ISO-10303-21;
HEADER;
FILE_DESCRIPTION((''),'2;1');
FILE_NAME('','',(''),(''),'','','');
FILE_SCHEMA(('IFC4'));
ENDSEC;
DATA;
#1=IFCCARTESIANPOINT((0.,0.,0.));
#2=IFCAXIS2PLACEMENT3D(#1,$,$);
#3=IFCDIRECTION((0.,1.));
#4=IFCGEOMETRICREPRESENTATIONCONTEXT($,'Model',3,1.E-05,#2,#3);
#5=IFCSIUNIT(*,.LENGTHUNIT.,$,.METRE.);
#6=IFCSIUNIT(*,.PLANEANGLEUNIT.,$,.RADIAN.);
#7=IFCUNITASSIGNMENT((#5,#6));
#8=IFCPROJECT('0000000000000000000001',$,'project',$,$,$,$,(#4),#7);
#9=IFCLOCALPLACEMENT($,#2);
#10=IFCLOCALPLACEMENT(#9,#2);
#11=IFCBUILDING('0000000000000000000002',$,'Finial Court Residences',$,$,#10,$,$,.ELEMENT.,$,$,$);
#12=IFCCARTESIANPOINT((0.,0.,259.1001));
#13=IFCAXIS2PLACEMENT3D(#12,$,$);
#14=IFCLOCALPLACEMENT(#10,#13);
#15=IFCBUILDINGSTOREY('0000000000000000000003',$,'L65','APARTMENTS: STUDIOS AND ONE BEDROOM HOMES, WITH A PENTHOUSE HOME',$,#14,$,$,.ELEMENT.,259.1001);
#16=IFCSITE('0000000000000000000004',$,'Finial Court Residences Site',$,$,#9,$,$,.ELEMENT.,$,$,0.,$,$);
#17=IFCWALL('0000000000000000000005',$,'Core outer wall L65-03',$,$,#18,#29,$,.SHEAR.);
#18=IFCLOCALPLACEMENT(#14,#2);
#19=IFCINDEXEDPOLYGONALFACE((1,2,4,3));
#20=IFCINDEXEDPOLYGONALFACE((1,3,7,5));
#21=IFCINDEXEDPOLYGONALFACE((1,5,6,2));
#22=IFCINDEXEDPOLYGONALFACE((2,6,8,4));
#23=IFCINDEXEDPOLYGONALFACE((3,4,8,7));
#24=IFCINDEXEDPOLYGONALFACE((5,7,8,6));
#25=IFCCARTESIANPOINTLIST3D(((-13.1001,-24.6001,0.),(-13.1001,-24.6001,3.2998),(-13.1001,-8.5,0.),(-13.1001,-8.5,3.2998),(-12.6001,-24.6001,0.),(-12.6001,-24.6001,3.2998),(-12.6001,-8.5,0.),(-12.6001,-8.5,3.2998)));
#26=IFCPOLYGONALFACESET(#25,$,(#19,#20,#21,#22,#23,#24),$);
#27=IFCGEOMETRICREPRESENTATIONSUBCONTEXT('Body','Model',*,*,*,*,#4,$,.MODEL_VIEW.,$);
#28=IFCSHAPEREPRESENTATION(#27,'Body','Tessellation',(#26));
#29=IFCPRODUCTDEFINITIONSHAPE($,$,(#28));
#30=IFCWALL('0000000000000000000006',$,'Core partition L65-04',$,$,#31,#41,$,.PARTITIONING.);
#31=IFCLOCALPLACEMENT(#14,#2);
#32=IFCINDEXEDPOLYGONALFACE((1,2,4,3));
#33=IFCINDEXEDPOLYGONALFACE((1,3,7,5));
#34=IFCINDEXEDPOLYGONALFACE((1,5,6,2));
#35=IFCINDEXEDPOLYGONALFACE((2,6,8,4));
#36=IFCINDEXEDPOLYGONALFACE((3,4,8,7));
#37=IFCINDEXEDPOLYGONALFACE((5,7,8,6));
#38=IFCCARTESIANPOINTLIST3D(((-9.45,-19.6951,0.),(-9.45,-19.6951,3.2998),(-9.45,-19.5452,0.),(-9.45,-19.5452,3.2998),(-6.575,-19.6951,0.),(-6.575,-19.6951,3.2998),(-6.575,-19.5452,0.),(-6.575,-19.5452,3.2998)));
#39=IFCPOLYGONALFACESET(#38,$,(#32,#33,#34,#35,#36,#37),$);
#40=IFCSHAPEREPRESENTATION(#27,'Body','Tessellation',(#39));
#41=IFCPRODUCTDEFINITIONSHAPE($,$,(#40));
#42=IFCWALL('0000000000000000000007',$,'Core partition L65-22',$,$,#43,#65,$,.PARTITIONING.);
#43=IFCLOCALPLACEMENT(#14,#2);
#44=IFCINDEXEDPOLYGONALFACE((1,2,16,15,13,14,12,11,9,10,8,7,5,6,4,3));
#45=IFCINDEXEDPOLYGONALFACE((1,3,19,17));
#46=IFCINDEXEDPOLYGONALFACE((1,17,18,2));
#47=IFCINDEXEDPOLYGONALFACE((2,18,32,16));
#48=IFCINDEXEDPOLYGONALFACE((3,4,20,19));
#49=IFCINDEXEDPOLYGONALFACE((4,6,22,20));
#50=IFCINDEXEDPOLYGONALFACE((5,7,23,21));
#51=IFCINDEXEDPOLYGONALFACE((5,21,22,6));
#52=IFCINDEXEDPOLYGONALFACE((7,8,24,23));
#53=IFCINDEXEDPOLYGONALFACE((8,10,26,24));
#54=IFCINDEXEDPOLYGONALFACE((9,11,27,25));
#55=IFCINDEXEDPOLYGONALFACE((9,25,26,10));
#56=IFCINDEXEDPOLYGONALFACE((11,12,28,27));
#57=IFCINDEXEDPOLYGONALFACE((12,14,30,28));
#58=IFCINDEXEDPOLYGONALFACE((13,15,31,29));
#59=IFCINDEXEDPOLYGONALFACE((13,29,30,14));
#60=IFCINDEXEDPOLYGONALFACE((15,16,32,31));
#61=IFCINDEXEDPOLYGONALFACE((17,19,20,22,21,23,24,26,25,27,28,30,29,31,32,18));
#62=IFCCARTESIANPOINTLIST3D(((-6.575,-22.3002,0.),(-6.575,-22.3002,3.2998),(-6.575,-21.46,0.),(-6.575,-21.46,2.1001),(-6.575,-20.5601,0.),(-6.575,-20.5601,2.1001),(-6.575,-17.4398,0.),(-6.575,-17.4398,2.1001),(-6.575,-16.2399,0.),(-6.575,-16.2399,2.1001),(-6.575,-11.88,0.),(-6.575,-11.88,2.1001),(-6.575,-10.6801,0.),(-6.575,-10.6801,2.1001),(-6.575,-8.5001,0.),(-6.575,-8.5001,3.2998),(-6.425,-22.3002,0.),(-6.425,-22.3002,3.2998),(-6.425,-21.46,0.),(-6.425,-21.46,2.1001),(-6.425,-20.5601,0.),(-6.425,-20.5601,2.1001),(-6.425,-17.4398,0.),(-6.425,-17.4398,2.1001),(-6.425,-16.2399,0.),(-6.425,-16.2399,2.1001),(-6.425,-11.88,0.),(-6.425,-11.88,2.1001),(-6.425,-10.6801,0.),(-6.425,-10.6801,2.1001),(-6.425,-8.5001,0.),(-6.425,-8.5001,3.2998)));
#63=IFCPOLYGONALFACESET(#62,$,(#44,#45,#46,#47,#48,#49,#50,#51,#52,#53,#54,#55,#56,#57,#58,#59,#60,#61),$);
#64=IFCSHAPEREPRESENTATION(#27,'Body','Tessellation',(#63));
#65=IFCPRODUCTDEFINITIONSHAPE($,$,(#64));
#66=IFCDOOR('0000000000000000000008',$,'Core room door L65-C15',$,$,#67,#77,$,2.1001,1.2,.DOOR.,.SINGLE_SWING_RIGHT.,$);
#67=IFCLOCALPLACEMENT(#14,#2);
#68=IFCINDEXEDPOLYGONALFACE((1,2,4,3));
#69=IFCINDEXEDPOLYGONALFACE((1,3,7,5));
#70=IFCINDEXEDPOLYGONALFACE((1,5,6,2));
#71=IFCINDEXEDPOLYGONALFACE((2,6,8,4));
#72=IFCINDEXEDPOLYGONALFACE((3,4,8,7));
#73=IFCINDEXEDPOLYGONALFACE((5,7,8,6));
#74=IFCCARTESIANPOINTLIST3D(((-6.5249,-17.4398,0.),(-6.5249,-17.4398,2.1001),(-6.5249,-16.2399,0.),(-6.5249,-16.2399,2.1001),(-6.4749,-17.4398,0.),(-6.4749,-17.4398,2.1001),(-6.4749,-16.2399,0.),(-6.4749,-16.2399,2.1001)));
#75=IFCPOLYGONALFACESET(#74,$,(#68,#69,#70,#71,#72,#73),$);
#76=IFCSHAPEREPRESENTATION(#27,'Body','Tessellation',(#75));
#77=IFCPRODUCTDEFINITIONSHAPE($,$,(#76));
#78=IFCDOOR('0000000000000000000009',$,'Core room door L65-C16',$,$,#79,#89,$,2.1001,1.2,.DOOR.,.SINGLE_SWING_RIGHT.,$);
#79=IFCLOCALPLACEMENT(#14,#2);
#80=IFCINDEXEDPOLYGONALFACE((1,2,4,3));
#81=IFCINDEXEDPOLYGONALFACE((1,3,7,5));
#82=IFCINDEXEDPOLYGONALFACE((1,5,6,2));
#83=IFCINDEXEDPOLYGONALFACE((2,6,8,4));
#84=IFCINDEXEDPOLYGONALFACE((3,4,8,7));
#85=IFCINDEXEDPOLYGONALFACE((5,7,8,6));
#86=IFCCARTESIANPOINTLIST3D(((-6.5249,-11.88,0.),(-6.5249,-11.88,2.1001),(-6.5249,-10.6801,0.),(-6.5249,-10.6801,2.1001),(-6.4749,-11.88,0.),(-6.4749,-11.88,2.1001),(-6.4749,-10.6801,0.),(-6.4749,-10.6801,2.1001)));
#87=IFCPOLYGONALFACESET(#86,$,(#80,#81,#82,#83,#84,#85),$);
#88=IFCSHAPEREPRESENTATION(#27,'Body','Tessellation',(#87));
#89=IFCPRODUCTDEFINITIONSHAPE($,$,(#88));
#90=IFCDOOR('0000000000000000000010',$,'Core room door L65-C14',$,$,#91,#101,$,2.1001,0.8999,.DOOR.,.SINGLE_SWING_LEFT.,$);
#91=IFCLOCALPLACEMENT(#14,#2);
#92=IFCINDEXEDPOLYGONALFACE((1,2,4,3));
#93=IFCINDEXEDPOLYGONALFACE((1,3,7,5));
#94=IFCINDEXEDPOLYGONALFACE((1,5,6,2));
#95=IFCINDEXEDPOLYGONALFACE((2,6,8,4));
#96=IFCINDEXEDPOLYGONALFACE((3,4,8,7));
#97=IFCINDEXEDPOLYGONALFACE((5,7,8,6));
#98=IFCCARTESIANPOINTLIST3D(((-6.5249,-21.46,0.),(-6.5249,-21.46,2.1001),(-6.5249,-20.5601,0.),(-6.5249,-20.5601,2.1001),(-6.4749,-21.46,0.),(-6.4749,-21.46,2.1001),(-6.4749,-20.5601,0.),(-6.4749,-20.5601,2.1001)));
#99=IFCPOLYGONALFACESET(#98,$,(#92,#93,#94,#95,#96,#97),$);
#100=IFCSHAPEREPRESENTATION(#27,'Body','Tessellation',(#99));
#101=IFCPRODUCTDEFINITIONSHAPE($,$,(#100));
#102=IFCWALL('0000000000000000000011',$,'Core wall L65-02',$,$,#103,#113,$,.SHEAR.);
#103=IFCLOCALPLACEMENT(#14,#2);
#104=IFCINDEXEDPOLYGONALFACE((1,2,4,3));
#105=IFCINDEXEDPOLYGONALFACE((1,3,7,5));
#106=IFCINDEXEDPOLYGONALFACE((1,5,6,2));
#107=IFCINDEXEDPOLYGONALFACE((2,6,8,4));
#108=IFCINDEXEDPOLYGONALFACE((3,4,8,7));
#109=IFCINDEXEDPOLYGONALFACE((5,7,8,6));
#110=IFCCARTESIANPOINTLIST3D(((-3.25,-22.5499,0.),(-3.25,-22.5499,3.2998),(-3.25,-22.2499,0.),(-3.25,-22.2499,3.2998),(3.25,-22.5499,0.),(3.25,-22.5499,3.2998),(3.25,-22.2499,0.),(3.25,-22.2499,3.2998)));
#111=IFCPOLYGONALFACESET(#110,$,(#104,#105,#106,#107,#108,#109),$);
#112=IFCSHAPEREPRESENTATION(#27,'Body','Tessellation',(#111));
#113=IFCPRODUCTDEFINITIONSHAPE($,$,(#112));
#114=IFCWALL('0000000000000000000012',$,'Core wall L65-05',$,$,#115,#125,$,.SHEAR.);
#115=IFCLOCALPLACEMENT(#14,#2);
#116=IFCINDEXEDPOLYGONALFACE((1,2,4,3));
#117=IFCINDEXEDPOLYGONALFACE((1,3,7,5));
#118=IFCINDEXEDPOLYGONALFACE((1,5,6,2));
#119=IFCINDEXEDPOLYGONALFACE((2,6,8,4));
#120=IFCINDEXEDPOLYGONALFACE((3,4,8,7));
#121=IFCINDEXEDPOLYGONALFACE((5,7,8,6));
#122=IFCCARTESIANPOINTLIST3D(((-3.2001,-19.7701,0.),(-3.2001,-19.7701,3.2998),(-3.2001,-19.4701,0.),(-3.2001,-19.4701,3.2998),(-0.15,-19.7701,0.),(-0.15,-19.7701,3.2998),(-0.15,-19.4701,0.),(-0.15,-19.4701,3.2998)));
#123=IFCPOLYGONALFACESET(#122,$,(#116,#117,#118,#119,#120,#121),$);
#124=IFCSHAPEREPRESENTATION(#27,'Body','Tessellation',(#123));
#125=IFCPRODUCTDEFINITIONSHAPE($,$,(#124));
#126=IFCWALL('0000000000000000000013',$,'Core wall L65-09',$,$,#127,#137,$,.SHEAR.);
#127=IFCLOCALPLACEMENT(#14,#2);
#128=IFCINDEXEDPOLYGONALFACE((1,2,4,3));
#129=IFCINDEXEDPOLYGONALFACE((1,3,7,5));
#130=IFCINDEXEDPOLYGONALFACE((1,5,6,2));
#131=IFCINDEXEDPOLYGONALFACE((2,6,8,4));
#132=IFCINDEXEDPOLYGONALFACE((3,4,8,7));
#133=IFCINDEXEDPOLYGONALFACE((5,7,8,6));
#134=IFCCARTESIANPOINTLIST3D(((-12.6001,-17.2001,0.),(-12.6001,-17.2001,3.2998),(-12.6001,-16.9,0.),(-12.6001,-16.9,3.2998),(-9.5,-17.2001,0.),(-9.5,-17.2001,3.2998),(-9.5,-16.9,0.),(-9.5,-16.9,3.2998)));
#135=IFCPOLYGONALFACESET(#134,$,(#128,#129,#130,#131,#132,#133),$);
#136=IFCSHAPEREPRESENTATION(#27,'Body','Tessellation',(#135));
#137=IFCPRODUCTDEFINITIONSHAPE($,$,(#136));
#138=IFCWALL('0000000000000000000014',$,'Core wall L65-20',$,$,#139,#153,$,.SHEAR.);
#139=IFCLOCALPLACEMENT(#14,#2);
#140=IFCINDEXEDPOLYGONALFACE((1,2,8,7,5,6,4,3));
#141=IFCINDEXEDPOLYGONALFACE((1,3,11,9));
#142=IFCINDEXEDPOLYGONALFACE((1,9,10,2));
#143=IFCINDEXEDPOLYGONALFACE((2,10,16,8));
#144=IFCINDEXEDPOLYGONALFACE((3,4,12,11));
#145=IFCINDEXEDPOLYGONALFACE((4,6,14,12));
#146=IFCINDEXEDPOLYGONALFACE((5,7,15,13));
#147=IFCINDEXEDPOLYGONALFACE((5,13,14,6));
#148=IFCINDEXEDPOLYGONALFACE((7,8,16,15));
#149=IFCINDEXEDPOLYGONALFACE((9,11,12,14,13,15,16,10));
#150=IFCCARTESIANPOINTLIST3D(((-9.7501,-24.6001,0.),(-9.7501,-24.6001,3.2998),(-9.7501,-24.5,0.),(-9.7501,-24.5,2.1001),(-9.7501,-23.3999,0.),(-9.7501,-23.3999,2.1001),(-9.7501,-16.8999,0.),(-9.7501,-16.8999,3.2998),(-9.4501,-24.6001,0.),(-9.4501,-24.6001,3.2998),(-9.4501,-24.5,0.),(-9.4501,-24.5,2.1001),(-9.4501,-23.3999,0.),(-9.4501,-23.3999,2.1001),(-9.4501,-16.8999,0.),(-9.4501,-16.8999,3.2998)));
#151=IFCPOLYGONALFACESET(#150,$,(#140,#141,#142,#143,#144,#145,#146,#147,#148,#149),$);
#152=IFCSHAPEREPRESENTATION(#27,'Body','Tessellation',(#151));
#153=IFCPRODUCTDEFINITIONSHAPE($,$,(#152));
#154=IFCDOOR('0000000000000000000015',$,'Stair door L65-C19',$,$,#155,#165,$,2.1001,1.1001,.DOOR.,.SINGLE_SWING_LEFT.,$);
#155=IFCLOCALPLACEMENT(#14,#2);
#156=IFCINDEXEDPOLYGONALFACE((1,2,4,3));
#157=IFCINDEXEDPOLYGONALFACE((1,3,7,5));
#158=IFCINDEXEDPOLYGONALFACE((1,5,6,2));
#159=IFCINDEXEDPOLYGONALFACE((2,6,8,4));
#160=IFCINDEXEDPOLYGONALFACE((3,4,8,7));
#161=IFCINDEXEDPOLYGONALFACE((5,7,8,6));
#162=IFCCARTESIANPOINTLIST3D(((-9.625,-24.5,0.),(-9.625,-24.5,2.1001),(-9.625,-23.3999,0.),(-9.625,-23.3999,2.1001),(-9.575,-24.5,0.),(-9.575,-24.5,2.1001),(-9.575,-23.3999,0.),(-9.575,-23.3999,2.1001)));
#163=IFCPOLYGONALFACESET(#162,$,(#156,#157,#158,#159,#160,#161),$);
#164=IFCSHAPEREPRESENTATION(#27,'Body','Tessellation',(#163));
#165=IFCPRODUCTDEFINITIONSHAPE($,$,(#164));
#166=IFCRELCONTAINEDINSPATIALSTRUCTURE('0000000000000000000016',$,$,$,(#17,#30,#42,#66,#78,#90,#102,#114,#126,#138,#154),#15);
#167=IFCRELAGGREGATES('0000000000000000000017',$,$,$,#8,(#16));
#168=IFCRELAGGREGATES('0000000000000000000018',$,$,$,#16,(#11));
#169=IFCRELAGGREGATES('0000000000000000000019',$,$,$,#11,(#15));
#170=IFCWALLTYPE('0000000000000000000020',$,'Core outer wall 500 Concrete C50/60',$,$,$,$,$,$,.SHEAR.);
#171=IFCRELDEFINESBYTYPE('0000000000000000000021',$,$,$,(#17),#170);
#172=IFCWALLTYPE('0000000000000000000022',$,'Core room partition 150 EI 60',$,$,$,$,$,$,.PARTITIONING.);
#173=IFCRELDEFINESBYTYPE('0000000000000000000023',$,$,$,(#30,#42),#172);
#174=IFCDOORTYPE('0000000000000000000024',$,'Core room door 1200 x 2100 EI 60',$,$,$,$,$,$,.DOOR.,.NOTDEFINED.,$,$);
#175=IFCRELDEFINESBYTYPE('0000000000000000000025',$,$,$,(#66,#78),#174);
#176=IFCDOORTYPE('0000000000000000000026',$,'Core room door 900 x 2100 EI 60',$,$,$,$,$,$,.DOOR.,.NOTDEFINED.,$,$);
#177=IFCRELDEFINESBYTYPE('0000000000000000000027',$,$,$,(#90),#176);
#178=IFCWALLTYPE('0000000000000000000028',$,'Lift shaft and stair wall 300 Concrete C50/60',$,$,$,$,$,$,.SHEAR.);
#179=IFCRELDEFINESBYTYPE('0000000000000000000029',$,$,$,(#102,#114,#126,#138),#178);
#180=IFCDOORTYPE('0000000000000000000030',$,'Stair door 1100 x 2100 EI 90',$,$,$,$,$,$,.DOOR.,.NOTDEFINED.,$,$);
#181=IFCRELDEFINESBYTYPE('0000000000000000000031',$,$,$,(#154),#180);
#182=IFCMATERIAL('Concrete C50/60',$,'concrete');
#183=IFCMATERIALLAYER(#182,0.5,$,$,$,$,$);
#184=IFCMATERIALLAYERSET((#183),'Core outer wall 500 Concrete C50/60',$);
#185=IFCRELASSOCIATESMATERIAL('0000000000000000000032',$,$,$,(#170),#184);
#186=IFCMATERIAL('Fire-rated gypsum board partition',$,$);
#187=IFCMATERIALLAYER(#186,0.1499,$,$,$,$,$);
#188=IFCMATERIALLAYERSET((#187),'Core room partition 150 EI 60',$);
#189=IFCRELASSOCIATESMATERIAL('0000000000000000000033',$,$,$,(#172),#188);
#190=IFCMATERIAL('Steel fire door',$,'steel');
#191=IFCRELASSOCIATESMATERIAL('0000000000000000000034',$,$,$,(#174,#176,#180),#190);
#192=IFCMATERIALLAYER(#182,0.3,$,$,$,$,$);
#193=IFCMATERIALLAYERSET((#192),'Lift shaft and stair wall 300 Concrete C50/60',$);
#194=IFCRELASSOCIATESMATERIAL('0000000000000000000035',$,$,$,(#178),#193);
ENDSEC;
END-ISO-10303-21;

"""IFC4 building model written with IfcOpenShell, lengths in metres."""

from ifc_helpers import new_model, si_unit, direction, frame, frame_2d, origin, place, context, subcontext, project, spatial, rectangle, extrude, material, layer, layer_set, type_object, element, fill, save


model = new_model("IFC4")

# Units and contexts
model_context = context("Model", 3, precision=1e-05, world=origin(), true_north=direction((0.0, 1.0)))
body_context = subcontext(model_context, "Body", "Model", "MODEL_VIEW")
ifc_project = project(units=[si_unit("LENGTHUNIT", "METRE"), si_unit("PLANEANGLEUNIT", "RADIAN")], contexts=[model_context])

# Site, building, storey
site_placement = place(None, origin())
site = spatial("IfcSite", under=ifc_project, at=site_placement, Name="Finial Court Residences Site", CompositionType="ELEMENT", RefElevation=0.0)
building_placement = place(site_placement, origin())
building = spatial("IfcBuilding", under=site, at=building_placement, Name="Finial Court Residences", CompositionType="ELEMENT")
storey_placement = place(building_placement, frame((0.0, 0.0, 259.1001)))
storey = spatial("IfcBuildingStorey", under=building, at=storey_placement, Name="L65", Description="APARTMENTS: STUDIOS AND ONE BEDROOM HOMES, WITH A PENTHOUSE HOME", CompositionType="ELEMENT", Elevation=259.1001)

# Walls
ifc_material_1 = material(Name="Concrete C50/60", Category="concrete")
ifc_layer_1 = layer(ifc_material_1, 0.5)
ifc_layer_set_1 = layer_set([ifc_layer_1], Name="Core outer wall 500 Concrete C50/60")
wall_type_1 = type_object("IfcWallType", Name="Core outer wall 500 Concrete C50/60", PredefinedType="SHEAR", material=ifc_layer_set_1)
wall_1_placement = place(storey_placement, frame((-12.8501, -24.6001, 0.0), z_axis=(0.0, 0.0, 1.0), x_axis=(0.0, 1.0, 0.0)))
element("IfcWall", 1, at=wall_1_placement, inside=storey, type_object=wall_type_1, Name="Core outer wall L65-03", PredefinedType="SHEAR", context=body_context, shape_type="SweptSolid", body=[
    extrude(rectangle(XDim=16.1001, YDim=0.5, at=frame_2d((8.05, 0.0))), origin(), (0.0, 0.0, 1.0), 3.2998),
])
ifc_material_2 = material(Name="Fire-rated gypsum board partition")
ifc_layer_2 = layer(ifc_material_2, 0.1499)
ifc_layer_set_2 = layer_set([ifc_layer_2], Name="Core room partition 150 EI 60")
wall_type_2 = type_object("IfcWallType", Name="Core room partition 150 EI 60", PredefinedType="PARTITIONING", material=ifc_layer_set_2)
wall_2_placement = place(storey_placement, frame((-9.45, -19.6201, 0.0), z_axis=(0.0, 0.0, 1.0), x_axis=(1.0, 0.0, 0.0)))
element("IfcWall", 2, at=wall_2_placement, inside=storey, type_object=wall_type_2, Name="Core partition L65-04", PredefinedType="PARTITIONING", context=body_context, shape_type="SweptSolid", body=[
    extrude(rectangle(XDim=2.875, YDim=0.1499, at=frame_2d((1.4375, 0.0))), origin(), (0.0, 0.0, 1.0), 3.2998),
])

# Wall, openings, doors
wall_3_placement = place(storey_placement, frame((-6.5, -22.3, 0.0), z_axis=(0.0, 0.0, 1.0), x_axis=(0.0, 1.0, 0.0)))
wall_3 = element("IfcWall", 3, at=wall_3_placement, inside=storey, type_object=wall_type_2, Name="Core partition L65-22", PredefinedType="PARTITIONING", context=body_context, shape_type="SweptSolid", body=[
    extrude(rectangle(XDim=13.8, YDim=0.1499, at=frame_2d((6.8999, 0.0))), origin(), (0.0, 0.0, 1.0), 3.2998),
])
opening_1_placement = place(wall_3_placement, frame((0.8401, 0.0, 0.0)))
opening_1 = element("IfcOpeningElement", 4, at=opening_1_placement, cuts=wall_3, PredefinedType="OPENING", context=body_context, shape_type="SweptSolid", body=[
    extrude(rectangle(XDim=0.8999, YDim=2.1001, at=frame_2d((0.45, 1.05))), frame((0.0, 0.085, 0.0), z_axis=(0.0, -1.0, 0.0), x_axis=(1.0, 0.0, 0.0)), (0.0, 0.0, 1.0), 0.1699),
])
opening_2_placement = place(wall_3_placement, frame((4.8601, 0.0, 0.0)))
opening_2 = element("IfcOpeningElement", 5, at=opening_2_placement, cuts=wall_3, PredefinedType="OPENING", context=body_context, shape_type="SweptSolid", body=[
    extrude(rectangle(XDim=1.2, YDim=2.1001, at=frame_2d((0.6001, 1.05))), frame((0.0, 0.085, 0.0), z_axis=(0.0, -1.0, 0.0), x_axis=(1.0, 0.0, 0.0)), (0.0, 0.0, 1.0), 0.1699),
])
opening_3_placement = place(wall_3_placement, frame((10.4199, 0.0, 0.0)))
opening_3 = element("IfcOpeningElement", 6, at=opening_3_placement, cuts=wall_3, PredefinedType="OPENING", context=body_context, shape_type="SweptSolid", body=[
    extrude(rectangle(XDim=1.2, YDim=2.1001, at=frame_2d((0.6001, 1.05))), frame((0.0, 0.085, 0.0), z_axis=(0.0, -1.0, 0.0), x_axis=(1.0, 0.0, 0.0)), (0.0, 0.0, 1.0), 0.1699),
])
ifc_material_3 = material(Name="Steel fire door", Category="steel")
door_type_1 = type_object("IfcDoorType", Name="Core room door 1200 x 2100 EI 60", OperationType="NOTDEFINED", PredefinedType="DOOR", material=ifc_material_3)
door_1_placement = place(opening_2_placement, origin())
door_1 = element("IfcDoor", 7, at=door_1_placement, inside=storey, type_object=door_type_1, Name="Core room door L65-C15", OperationType="SINGLE_SWING_RIGHT", OverallHeight=2.1001, OverallWidth=1.2, PredefinedType="DOOR", context=body_context, shape_type="SweptSolid", body=[
    extrude(rectangle(XDim=1.2, YDim=2.1001, at=frame_2d((0.6001, 1.05))), frame((0.0, 0.0249, 0.0), z_axis=(0.0, -1.0, 0.0), x_axis=(1.0, 0.0, 0.0)), (0.0, 0.0, 1.0), 0.05),
])
fill(opening_2, door_1)
door_2_placement = place(opening_3_placement, origin())
door_2 = element("IfcDoor", 8, at=door_2_placement, inside=storey, type_object=door_type_1, Name="Core room door L65-C16", OperationType="SINGLE_SWING_RIGHT", OverallHeight=2.1001, OverallWidth=1.2, PredefinedType="DOOR", context=body_context, shape_type="SweptSolid", body=[
    extrude(rectangle(XDim=1.2, YDim=2.1001, at=frame_2d((0.6001, 1.05))), frame((0.0, 0.0249, 0.0), z_axis=(0.0, -1.0, 0.0), x_axis=(1.0, 0.0, 0.0)), (0.0, 0.0, 1.0), 0.05),
])
fill(opening_3, door_2)
door_type_2 = type_object("IfcDoorType", Name="Core room door 900 x 2100 EI 60", OperationType="NOTDEFINED", PredefinedType="DOOR", material=ifc_material_3)
door_3_placement = place(opening_1_placement, origin())
door_3 = element("IfcDoor", 9, at=door_3_placement, inside=storey, type_object=door_type_2, Name="Core room door L65-C14", OperationType="SINGLE_SWING_LEFT", OverallHeight=2.1001, OverallWidth=0.8999, PredefinedType="DOOR", context=body_context, shape_type="SweptSolid", body=[
    extrude(rectangle(XDim=0.8999, YDim=2.1001, at=frame_2d((0.45, 1.05))), frame((0.0, 0.0249, 0.0), z_axis=(0.0, -1.0, 0.0), x_axis=(1.0, 0.0, 0.0)), (0.0, 0.0, 1.0), 0.05),
])
fill(opening_1, door_3)

# Walls
ifc_layer_3 = layer(ifc_material_1, 0.3)
ifc_layer_set_3 = layer_set([ifc_layer_3], Name="Lift shaft and stair wall 300 Concrete C50/60")
wall_type_3 = type_object("IfcWallType", Name="Lift shaft and stair wall 300 Concrete C50/60", PredefinedType="SHEAR", material=ifc_layer_set_3)
wall_4_placement = place(storey_placement, frame((-3.25, -22.3999, 0.0), z_axis=(0.0, 0.0, 1.0), x_axis=(1.0, 0.0, 0.0)))
element("IfcWall", 10, at=wall_4_placement, inside=storey, type_object=wall_type_3, Name="Core wall L65-02", PredefinedType="SHEAR", context=body_context, shape_type="SweptSolid", body=[
    extrude(rectangle(XDim=6.5, YDim=0.3, at=frame_2d((3.25, 0.0))), origin(), (0.0, 0.0, 1.0), 3.2998),
])
wall_5_placement = place(storey_placement, frame((-3.2, -19.6201, 0.0), z_axis=(0.0, 0.0, 1.0), x_axis=(1.0, 0.0, 0.0)))
element("IfcWall", 11, at=wall_5_placement, inside=storey, type_object=wall_type_3, Name="Core wall L65-05", PredefinedType="SHEAR", context=body_context, shape_type="SweptSolid", body=[
    extrude(rectangle(XDim=3.05, YDim=0.3, at=frame_2d((1.5249, 0.0))), origin(), (0.0, 0.0, 1.0), 3.2998),
])
wall_6_placement = place(storey_placement, frame((-12.6001, -17.05, 0.0), z_axis=(0.0, 0.0, 1.0), x_axis=(1.0, 0.0, 0.0)))
element("IfcWall", 12, at=wall_6_placement, inside=storey, type_object=wall_type_3, Name="Core wall L65-09", PredefinedType="SHEAR", context=body_context, shape_type="SweptSolid", body=[
    extrude(rectangle(XDim=3.1001, YDim=0.3, at=frame_2d((1.55, 0.0))), origin(), (0.0, 0.0, 1.0), 3.2998),
])

# Wall, opening, door
wall_7_placement = place(storey_placement, frame((-9.6001, -24.6001, 0.0), z_axis=(0.0, 0.0, 1.0), x_axis=(0.0, 1.0, 0.0)))
wall_7 = element("IfcWall", 13, at=wall_7_placement, inside=storey, type_object=wall_type_3, Name="Core wall L65-20", PredefinedType="SHEAR", context=body_context, shape_type="SweptSolid", body=[
    extrude(rectangle(XDim=7.7002, YDim=0.3, at=frame_2d((3.8501, 0.0))), origin(), (0.0, 0.0, 1.0), 3.2998),
])
opening_4_placement = place(wall_7_placement, frame((0.1001, 0.0, 0.0)))
opening_4 = element("IfcOpeningElement", 14, at=opening_4_placement, cuts=wall_7, PredefinedType="OPENING", context=body_context, shape_type="SweptSolid", body=[
    extrude(rectangle(XDim=1.1001, YDim=2.1001, at=frame_2d((0.55, 1.05))), frame((0.0, 0.1599, 0.0), z_axis=(0.0, -1.0, 0.0), x_axis=(1.0, 0.0, 0.0)), (0.0, 0.0, 1.0), 0.3201),
])
door_type_3 = type_object("IfcDoorType", Name="Stair door 1100 x 2100 EI 90", OperationType="NOTDEFINED", PredefinedType="DOOR", material=ifc_material_3)
door_4_placement = place(opening_4_placement, origin())
door_4 = element("IfcDoor", 15, at=door_4_placement, inside=storey, type_object=door_type_3, Name="Stair door L65-C19", OperationType="SINGLE_SWING_LEFT", OverallHeight=2.1001, OverallWidth=1.1001, PredefinedType="DOOR", context=body_context, shape_type="SweptSolid", body=[
    extrude(rectangle(XDim=1.1001, YDim=2.1001, at=frame_2d((0.55, 1.05))), frame((0.0, 0.0249, 0.0), z_axis=(0.0, -1.0, 0.0), x_axis=(1.0, 0.0, 0.0)), (0.0, 0.0, 1.0), 0.05),
])
fill(opening_4, door_4)

save(model, "model.ifc")
